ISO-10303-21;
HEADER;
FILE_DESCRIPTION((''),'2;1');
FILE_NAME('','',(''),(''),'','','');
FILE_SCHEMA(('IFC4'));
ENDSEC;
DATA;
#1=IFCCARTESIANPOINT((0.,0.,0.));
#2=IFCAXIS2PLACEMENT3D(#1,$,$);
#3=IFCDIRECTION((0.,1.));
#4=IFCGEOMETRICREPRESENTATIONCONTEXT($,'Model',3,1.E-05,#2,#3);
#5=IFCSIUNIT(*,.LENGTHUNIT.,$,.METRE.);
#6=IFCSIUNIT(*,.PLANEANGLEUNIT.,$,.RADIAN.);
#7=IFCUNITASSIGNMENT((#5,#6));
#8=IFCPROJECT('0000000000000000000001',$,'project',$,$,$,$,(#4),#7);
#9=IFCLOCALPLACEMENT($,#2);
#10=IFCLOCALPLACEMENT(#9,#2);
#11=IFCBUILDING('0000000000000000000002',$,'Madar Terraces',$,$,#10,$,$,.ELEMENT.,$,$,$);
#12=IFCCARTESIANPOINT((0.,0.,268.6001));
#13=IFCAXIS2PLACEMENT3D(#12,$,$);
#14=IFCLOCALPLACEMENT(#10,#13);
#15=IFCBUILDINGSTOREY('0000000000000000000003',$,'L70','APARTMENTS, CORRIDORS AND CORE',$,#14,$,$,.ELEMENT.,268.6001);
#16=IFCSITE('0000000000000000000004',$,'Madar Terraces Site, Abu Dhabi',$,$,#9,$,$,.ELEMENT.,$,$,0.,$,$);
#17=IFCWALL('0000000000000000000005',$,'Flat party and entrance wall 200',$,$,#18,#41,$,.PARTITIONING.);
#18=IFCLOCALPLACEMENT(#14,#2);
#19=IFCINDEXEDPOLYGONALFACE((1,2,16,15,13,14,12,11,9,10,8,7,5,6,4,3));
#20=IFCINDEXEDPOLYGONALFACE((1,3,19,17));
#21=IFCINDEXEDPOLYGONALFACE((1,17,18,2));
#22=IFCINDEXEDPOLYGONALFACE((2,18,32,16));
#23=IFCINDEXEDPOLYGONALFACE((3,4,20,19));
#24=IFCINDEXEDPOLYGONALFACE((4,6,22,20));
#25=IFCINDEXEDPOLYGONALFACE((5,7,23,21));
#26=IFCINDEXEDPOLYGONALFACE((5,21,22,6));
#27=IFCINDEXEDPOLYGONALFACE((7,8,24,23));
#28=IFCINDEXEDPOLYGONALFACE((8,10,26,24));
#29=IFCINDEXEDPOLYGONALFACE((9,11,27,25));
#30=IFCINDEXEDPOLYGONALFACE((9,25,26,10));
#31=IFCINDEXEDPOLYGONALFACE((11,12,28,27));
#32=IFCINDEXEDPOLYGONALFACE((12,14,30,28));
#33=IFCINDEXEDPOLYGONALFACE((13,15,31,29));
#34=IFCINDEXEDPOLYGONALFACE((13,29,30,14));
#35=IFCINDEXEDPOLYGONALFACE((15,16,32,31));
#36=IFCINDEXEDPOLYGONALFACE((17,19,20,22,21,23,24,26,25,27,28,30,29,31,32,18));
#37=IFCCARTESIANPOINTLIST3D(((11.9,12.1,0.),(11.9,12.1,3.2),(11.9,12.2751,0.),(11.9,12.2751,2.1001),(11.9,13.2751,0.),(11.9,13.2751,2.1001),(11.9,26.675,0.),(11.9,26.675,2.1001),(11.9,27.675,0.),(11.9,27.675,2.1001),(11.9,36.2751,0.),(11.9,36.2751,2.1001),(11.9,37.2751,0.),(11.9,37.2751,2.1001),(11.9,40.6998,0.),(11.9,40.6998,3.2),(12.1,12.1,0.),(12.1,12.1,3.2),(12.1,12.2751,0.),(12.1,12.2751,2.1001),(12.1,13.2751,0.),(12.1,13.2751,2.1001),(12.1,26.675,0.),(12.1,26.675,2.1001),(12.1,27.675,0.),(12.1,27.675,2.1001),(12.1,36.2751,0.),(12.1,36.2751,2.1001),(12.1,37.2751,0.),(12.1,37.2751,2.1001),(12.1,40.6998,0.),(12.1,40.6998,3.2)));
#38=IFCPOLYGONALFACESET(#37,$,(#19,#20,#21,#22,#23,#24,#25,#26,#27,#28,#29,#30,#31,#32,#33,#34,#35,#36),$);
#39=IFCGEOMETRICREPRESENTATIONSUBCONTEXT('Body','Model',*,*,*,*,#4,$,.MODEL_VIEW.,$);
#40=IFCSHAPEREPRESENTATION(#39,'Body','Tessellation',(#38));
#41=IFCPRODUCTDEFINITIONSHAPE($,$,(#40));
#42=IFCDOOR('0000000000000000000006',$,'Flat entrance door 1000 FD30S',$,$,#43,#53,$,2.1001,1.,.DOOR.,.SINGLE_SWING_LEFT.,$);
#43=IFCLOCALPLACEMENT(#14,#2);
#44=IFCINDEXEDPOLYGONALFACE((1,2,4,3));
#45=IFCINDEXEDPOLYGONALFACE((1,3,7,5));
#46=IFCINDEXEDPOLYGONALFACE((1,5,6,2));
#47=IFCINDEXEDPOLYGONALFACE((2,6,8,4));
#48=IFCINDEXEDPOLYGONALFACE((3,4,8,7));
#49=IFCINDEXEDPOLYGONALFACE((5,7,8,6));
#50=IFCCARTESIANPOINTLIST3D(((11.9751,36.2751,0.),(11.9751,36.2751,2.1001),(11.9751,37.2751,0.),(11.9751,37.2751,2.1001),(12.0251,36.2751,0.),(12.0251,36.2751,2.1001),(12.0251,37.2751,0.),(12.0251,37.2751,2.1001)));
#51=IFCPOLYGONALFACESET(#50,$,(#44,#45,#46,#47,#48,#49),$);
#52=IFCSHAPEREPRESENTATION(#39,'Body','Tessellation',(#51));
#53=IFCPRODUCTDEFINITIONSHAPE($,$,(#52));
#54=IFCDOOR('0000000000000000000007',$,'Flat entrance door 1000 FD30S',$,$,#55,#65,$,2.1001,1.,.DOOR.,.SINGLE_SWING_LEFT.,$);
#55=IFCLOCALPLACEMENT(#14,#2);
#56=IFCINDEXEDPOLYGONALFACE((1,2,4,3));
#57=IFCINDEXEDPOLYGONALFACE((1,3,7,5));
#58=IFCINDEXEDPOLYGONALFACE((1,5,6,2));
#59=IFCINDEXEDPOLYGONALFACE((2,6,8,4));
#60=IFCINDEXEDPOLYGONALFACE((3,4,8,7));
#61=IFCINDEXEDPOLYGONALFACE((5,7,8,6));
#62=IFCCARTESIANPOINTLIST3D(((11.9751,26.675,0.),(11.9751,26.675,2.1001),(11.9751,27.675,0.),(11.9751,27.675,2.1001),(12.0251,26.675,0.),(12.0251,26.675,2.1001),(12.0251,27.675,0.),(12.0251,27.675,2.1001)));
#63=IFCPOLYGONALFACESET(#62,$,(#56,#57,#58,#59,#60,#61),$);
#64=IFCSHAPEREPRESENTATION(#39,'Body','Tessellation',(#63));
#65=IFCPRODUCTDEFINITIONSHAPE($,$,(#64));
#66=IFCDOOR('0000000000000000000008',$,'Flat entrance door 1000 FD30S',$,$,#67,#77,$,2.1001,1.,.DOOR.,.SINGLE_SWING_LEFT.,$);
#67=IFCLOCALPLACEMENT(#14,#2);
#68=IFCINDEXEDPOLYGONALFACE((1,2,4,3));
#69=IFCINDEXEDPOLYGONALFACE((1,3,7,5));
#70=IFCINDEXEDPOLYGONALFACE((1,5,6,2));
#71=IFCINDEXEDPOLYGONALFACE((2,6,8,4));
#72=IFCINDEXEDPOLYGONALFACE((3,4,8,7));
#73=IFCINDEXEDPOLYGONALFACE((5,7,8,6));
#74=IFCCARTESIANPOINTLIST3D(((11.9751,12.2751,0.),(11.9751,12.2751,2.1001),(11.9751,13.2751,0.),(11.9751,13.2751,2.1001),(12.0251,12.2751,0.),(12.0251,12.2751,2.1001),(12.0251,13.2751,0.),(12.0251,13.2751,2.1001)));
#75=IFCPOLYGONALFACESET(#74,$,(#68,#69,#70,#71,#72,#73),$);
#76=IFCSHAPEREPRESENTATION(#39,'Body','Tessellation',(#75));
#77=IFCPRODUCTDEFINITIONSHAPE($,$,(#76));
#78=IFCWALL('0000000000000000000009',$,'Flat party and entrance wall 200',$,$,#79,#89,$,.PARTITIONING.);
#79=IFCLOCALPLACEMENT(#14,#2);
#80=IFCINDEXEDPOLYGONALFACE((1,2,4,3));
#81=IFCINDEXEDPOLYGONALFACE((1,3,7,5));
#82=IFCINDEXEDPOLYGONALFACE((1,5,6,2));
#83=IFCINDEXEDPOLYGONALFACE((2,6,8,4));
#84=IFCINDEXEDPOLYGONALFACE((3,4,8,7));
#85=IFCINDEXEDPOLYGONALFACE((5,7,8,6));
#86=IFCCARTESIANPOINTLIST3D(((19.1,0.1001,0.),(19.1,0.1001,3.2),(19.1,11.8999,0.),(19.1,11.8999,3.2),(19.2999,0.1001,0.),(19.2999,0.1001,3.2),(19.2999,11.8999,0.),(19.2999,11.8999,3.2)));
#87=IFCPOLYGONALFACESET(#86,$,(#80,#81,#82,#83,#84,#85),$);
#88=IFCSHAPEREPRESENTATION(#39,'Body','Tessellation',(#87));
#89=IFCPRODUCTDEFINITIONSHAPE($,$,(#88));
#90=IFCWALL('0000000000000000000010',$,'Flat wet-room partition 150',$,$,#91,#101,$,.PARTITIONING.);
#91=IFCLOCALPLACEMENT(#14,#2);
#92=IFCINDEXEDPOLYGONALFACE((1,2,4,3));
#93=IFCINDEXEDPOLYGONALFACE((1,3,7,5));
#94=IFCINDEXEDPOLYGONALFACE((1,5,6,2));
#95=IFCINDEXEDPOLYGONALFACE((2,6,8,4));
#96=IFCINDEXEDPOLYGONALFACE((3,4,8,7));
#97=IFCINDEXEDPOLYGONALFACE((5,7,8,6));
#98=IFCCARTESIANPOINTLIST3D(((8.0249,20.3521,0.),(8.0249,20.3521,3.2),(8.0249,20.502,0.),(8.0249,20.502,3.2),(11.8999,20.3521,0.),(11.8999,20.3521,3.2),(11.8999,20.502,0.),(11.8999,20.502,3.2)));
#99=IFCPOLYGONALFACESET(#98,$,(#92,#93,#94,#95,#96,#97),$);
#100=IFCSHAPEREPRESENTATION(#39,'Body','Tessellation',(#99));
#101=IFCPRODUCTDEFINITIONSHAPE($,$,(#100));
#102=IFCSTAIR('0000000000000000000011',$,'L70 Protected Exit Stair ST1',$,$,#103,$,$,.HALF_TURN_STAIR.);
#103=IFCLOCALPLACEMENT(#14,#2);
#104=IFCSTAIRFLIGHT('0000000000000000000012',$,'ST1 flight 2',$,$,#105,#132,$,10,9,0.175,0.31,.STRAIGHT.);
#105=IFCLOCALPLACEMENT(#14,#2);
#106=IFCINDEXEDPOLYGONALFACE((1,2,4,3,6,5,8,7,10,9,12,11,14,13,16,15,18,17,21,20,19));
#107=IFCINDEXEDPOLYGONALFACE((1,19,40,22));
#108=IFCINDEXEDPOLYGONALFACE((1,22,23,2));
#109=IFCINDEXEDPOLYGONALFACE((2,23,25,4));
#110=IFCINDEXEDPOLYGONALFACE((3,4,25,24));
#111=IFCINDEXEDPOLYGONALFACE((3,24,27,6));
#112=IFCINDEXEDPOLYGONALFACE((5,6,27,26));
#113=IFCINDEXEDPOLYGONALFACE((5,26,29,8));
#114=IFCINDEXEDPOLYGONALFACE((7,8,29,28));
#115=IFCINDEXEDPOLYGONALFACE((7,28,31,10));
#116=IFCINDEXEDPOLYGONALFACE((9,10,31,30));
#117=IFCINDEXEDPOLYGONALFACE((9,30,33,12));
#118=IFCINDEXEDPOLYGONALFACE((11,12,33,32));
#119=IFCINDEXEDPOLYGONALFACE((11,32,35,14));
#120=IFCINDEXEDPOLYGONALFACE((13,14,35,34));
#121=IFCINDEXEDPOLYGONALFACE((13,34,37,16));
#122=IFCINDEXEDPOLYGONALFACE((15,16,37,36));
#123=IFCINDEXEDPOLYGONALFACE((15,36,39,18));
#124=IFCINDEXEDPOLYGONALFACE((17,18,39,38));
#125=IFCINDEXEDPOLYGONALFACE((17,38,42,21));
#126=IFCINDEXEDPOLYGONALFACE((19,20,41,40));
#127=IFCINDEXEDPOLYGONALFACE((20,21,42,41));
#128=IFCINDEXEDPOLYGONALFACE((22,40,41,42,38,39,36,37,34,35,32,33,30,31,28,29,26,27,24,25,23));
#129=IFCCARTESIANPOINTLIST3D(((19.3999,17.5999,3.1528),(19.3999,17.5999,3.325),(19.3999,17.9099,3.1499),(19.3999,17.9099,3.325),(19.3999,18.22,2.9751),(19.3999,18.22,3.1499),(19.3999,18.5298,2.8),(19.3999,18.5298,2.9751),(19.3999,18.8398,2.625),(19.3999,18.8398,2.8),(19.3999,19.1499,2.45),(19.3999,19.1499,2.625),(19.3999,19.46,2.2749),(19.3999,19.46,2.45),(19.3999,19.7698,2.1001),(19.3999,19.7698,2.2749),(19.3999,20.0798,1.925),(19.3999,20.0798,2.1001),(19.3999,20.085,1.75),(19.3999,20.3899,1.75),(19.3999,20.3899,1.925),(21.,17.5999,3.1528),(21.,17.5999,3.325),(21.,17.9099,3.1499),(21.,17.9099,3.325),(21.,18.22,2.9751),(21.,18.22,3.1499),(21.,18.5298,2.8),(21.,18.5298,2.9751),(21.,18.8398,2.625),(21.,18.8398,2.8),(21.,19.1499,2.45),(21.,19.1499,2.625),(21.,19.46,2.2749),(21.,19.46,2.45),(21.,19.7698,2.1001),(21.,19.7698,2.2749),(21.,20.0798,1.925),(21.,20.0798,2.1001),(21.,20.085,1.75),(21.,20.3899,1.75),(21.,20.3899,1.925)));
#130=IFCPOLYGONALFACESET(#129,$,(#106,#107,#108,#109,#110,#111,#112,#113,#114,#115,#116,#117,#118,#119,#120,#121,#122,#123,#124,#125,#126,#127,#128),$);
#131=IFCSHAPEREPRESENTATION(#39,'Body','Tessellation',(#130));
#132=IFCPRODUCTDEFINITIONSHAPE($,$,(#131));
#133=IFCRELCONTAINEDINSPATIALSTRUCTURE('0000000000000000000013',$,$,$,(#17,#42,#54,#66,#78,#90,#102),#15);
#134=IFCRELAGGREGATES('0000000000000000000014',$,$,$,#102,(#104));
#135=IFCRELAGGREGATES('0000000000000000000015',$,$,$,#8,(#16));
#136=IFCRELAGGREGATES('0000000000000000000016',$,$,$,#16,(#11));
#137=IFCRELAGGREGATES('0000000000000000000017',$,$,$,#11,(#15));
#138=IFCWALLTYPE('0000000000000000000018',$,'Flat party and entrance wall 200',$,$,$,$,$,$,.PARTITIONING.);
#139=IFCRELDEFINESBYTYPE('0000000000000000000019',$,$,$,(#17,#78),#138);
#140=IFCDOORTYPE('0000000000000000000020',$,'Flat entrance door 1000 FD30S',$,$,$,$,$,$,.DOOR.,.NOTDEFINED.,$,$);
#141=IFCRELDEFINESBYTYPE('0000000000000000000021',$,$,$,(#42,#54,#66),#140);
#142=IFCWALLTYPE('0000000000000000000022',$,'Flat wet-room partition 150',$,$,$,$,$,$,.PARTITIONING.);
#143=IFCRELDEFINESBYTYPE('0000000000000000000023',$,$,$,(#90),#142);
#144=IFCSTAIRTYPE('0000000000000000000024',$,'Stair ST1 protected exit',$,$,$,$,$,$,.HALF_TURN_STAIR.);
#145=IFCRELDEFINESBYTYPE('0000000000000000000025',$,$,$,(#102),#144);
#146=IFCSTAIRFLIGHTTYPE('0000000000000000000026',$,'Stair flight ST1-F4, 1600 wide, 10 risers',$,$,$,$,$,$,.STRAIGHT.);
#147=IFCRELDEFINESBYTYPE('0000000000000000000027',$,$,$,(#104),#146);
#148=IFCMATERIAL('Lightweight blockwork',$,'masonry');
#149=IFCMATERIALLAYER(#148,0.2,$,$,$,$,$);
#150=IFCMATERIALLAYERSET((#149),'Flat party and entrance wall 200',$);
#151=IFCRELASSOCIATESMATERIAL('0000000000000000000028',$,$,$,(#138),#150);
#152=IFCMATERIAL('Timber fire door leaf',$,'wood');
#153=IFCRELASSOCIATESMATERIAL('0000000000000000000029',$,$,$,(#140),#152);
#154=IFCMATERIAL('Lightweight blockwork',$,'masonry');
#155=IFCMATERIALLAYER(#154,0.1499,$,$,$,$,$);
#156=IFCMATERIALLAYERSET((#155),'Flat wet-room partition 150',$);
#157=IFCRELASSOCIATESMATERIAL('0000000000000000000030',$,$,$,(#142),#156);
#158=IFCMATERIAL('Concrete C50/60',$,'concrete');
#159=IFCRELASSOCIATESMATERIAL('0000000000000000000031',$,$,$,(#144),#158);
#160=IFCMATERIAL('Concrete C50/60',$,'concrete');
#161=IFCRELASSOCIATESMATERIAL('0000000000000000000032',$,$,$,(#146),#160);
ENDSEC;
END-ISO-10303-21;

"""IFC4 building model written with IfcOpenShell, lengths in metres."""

from ifc_helpers import new_model, si_unit, direction, frame, frame_2d, origin, place, context, subcontext, project, spatial, polyline, rectangle, outline, extrude, material, layer, layer_set, type_object, element, fill, aggregate, save


model = new_model("IFC4")

# Units and contexts
model_context = context("Model", 3, precision=1e-05, world=origin(), true_north=direction((0.0, 1.0)))
body_context = subcontext(model_context, "Body", "Model", "MODEL_VIEW")
ifc_project = project(units=[si_unit("LENGTHUNIT", "METRE"), si_unit("PLANEANGLEUNIT", "RADIAN")], contexts=[model_context])

# Site, building, storey
site_placement = place(None, origin())
site = spatial("IfcSite", under=ifc_project, at=site_placement, Name="Madar Terraces Site, Abu Dhabi", CompositionType="ELEMENT", RefElevation=0.0)
building_placement = place(site_placement, origin())
building = spatial("IfcBuilding", under=site, at=building_placement, Name="Madar Terraces", CompositionType="ELEMENT")
storey_placement = place(building_placement, frame((0.0, 0.0, 268.6001)))
storey = spatial("IfcBuildingStorey", under=building, at=storey_placement, Name="L70", Description="APARTMENTS, CORRIDORS AND CORE", CompositionType="ELEMENT", Elevation=268.6001)

# Wall, openings, doors
ifc_material_1 = material(Name="Lightweight blockwork", Category="masonry")
ifc_layer_1 = layer(ifc_material_1, 0.2)
ifc_layer_set_1 = layer_set([ifc_layer_1], Name="Flat party and entrance wall 200")
wall_type_1 = type_object("IfcWallType", Name="Flat party and entrance wall 200", PredefinedType="PARTITIONING", material=ifc_layer_set_1)
wall_1_placement = place(storey_placement, frame((12.0, 12.1001, 0.0), z_axis=(0.0, 0.0, 1.0), x_axis=(0.0, 1.0, 0.0)))
wall_1 = element("IfcWall", 1, at=wall_1_placement, inside=storey, type_object=wall_type_1, Name="Flat party and entrance wall 200", PredefinedType="PARTITIONING", context=body_context, shape_type="SweptSolid", body=[
    extrude(rectangle(XDim=28.5999, YDim=0.2, at=frame_2d((14.2998, 0.0))), origin(), (0.0, 0.0, 1.0), 3.2),
])
opening_1_placement = place(wall_1_placement, frame((24.175, 0.0, 0.0)))
opening_1 = element("IfcOpeningElement", 2, at=opening_1_placement, cuts=wall_1, PredefinedType="OPENING", context=body_context, shape_type="SweptSolid", body=[
    extrude(rectangle(XDim=1.0, YDim=2.1001, at=frame_2d((0.5, 1.05))), frame((0.0, 0.1099, 0.0), z_axis=(0.0, -1.0, 0.0), x_axis=(1.0, 0.0, 0.0)), (0.0, 0.0, 1.0), 0.22),
])
opening_2_placement = place(wall_1_placement, frame((14.575, 0.0, 0.0)))
opening_2 = element("IfcOpeningElement", 3, at=opening_2_placement, cuts=wall_1, PredefinedType="OPENING", context=body_context, shape_type="SweptSolid", body=[
    extrude(rectangle(XDim=1.0, YDim=2.1001, at=frame_2d((0.5, 1.05))), frame((0.0, 0.1099, 0.0), z_axis=(0.0, -1.0, 0.0), x_axis=(1.0, 0.0, 0.0)), (0.0, 0.0, 1.0), 0.22),
])
opening_3_placement = place(wall_1_placement, frame((0.175, 0.0, 0.0)))
opening_3 = element("IfcOpeningElement", 4, at=opening_3_placement, cuts=wall_1, PredefinedType="OPENING", context=body_context, shape_type="SweptSolid", body=[
    extrude(rectangle(XDim=1.0, YDim=2.1001, at=frame_2d((0.5, 1.05))), frame((0.0, 0.1099, 0.0), z_axis=(0.0, -1.0, 0.0), x_axis=(1.0, 0.0, 0.0)), (0.0, 0.0, 1.0), 0.22),
])
ifc_material_2 = material(Name="Timber fire door leaf", Category="wood")
door_type_1 = type_object("IfcDoorType", Name="Flat entrance door 1000 FD30S", OperationType="NOTDEFINED", PredefinedType="DOOR", material=ifc_material_2)
door_1_placement = place(opening_1_placement, origin())
door_1 = element("IfcDoor", 5, at=door_1_placement, inside=storey, type_object=door_type_1, Name="Flat entrance door 1000 FD30S", OperationType="SINGLE_SWING_LEFT", OverallHeight=2.1001, OverallWidth=1.0, PredefinedType="DOOR", context=body_context, shape_type="SweptSolid", body=[
    extrude(rectangle(XDim=1.0, YDim=2.1001, at=frame_2d((0.5, 1.05))), frame((0.0, 0.0249, 0.0), z_axis=(0.0, -1.0, 0.0), x_axis=(1.0, 0.0, 0.0)), (0.0, 0.0, 1.0), 0.05),
])
fill(opening_1, door_1)
door_2_placement = place(opening_2_placement, origin())
door_2 = element("IfcDoor", 6, at=door_2_placement, inside=storey, type_object=door_type_1, Name="Flat entrance door 1000 FD30S", OperationType="SINGLE_SWING_LEFT", OverallHeight=2.1001, OverallWidth=1.0, PredefinedType="DOOR", context=body_context, shape_type="SweptSolid", body=[
    extrude(rectangle(XDim=1.0, YDim=2.1001, at=frame_2d((0.5, 1.05))), frame((0.0, 0.0249, 0.0), z_axis=(0.0, -1.0, 0.0), x_axis=(1.0, 0.0, 0.0)), (0.0, 0.0, 1.0), 0.05),
])
fill(opening_2, door_2)
door_3_placement = place(opening_3_placement, origin())
door_3 = element("IfcDoor", 7, at=door_3_placement, inside=storey, type_object=door_type_1, Name="Flat entrance door 1000 FD30S", OperationType="SINGLE_SWING_LEFT", OverallHeight=2.1001, OverallWidth=1.0, PredefinedType="DOOR", context=body_context, shape_type="SweptSolid", body=[
    extrude(rectangle(XDim=1.0, YDim=2.1001, at=frame_2d((0.5, 1.05))), frame((0.0, 0.0249, 0.0), z_axis=(0.0, -1.0, 0.0), x_axis=(1.0, 0.0, 0.0)), (0.0, 0.0, 1.0), 0.05),
])
fill(opening_3, door_3)

# Walls
wall_2_placement = place(storey_placement, frame((19.2, 11.8999, 0.0), z_axis=(0.0, 0.0, 1.0), x_axis=(0.0, -1.0, 0.0)))
element("IfcWall", 8, at=wall_2_placement, inside=storey, type_object=wall_type_1, Name="Flat party and entrance wall 200", PredefinedType="PARTITIONING", context=body_context, shape_type="SweptSolid", body=[
    extrude(rectangle(XDim=11.7998, YDim=0.2, at=frame_2d((5.8999, 0.0))), origin(), (0.0, 0.0, 1.0), 3.2),
])
ifc_material_3 = material(Name="Lightweight blockwork", Category="masonry")
ifc_layer_2 = layer(ifc_material_3, 0.1499)
ifc_layer_set_2 = layer_set([ifc_layer_2], Name="Flat wet-room partition 150")
wall_type_2 = type_object("IfcWallType", Name="Flat wet-room partition 150", PredefinedType="PARTITIONING", material=ifc_layer_set_2)
wall_3_placement = place(storey_placement, frame((11.8999, 20.427, 0.0), z_axis=(0.0, 0.0, 1.0), x_axis=(-1.0, 0.0, 0.0)))
element("IfcWall", 9, at=wall_3_placement, inside=storey, type_object=wall_type_2, Name="Flat wet-room partition 150", PredefinedType="PARTITIONING", context=body_context, shape_type="SweptSolid", body=[
    extrude(rectangle(XDim=3.875, YDim=0.1499, at=frame_2d((1.9375, 0.0))), origin(), (0.0, 0.0, 1.0), 3.2),
])

# Stair, stair flight
ifc_material_4 = material(Name="Concrete C50/60", Category="concrete")
stair_type = type_object("IfcStairType", Name="Stair ST1 protected exit", PredefinedType="HALF_TURN_STAIR", material=ifc_material_4)
stair_placement = place(storey_placement, origin())
stair = element("IfcStair", 10, at=stair_placement, inside=storey, type_object=stair_type, Name="L70 Protected Exit Stair ST1", PredefinedType="HALF_TURN_STAIR")
ifc_material_5 = material(Name="Concrete C50/60", Category="concrete")
stair_flight_type = type_object("IfcStairFlightType", Name="Stair flight ST1-F4, 1600 wide, 10 risers", PredefinedType="STRAIGHT", material=ifc_material_5)
stair_flight_placement = place(storey_placement, frame((20.2, 20.3899, 1.75), z_axis=(0.0, 0.0, 1.0), x_axis=(0.0, -1.0, 0.0)))
stair_flight = element("IfcStairFlight", 11, at=stair_flight_placement, type_object=stair_flight_type, Name="ST1 flight 2", NumberOfRisers=10, NumberOfTreads=9, PredefinedType="STRAIGHT", RiserHeight=0.175, TreadLength=0.31, context=body_context, shape_type="SweptSolid", body=[
    extrude(outline(polyline([(0.0, 0.0), (0.0, 0.175), (0.3101, 0.175), (0.3101, 0.3501), (0.6201, 0.3501), (0.6201, 0.5249), (0.9299, 0.5249), (0.9299, 0.7), (1.24, 0.7), (1.24, 0.875), (1.55, 0.875), (1.55, 1.05), (1.8601, 1.05), (1.8601, 1.2251), (2.1699, 1.2251), (2.1699, 1.3999), (2.48, 1.3999), (2.48, 1.575), (2.79, 1.575), (2.79, 1.75), (2.79, 1.4028), (0.3049, 0.0), (0.0, 0.0)])), frame((0.0, 0.8, 0.0), z_axis=(0.0, -1.0, 0.0), x_axis=(1.0, 0.0, 0.0)), (0.0, 0.0, 1.0), 1.6001),
])
aggregate(stair, [stair_flight])

save(model, "model.ifc")
